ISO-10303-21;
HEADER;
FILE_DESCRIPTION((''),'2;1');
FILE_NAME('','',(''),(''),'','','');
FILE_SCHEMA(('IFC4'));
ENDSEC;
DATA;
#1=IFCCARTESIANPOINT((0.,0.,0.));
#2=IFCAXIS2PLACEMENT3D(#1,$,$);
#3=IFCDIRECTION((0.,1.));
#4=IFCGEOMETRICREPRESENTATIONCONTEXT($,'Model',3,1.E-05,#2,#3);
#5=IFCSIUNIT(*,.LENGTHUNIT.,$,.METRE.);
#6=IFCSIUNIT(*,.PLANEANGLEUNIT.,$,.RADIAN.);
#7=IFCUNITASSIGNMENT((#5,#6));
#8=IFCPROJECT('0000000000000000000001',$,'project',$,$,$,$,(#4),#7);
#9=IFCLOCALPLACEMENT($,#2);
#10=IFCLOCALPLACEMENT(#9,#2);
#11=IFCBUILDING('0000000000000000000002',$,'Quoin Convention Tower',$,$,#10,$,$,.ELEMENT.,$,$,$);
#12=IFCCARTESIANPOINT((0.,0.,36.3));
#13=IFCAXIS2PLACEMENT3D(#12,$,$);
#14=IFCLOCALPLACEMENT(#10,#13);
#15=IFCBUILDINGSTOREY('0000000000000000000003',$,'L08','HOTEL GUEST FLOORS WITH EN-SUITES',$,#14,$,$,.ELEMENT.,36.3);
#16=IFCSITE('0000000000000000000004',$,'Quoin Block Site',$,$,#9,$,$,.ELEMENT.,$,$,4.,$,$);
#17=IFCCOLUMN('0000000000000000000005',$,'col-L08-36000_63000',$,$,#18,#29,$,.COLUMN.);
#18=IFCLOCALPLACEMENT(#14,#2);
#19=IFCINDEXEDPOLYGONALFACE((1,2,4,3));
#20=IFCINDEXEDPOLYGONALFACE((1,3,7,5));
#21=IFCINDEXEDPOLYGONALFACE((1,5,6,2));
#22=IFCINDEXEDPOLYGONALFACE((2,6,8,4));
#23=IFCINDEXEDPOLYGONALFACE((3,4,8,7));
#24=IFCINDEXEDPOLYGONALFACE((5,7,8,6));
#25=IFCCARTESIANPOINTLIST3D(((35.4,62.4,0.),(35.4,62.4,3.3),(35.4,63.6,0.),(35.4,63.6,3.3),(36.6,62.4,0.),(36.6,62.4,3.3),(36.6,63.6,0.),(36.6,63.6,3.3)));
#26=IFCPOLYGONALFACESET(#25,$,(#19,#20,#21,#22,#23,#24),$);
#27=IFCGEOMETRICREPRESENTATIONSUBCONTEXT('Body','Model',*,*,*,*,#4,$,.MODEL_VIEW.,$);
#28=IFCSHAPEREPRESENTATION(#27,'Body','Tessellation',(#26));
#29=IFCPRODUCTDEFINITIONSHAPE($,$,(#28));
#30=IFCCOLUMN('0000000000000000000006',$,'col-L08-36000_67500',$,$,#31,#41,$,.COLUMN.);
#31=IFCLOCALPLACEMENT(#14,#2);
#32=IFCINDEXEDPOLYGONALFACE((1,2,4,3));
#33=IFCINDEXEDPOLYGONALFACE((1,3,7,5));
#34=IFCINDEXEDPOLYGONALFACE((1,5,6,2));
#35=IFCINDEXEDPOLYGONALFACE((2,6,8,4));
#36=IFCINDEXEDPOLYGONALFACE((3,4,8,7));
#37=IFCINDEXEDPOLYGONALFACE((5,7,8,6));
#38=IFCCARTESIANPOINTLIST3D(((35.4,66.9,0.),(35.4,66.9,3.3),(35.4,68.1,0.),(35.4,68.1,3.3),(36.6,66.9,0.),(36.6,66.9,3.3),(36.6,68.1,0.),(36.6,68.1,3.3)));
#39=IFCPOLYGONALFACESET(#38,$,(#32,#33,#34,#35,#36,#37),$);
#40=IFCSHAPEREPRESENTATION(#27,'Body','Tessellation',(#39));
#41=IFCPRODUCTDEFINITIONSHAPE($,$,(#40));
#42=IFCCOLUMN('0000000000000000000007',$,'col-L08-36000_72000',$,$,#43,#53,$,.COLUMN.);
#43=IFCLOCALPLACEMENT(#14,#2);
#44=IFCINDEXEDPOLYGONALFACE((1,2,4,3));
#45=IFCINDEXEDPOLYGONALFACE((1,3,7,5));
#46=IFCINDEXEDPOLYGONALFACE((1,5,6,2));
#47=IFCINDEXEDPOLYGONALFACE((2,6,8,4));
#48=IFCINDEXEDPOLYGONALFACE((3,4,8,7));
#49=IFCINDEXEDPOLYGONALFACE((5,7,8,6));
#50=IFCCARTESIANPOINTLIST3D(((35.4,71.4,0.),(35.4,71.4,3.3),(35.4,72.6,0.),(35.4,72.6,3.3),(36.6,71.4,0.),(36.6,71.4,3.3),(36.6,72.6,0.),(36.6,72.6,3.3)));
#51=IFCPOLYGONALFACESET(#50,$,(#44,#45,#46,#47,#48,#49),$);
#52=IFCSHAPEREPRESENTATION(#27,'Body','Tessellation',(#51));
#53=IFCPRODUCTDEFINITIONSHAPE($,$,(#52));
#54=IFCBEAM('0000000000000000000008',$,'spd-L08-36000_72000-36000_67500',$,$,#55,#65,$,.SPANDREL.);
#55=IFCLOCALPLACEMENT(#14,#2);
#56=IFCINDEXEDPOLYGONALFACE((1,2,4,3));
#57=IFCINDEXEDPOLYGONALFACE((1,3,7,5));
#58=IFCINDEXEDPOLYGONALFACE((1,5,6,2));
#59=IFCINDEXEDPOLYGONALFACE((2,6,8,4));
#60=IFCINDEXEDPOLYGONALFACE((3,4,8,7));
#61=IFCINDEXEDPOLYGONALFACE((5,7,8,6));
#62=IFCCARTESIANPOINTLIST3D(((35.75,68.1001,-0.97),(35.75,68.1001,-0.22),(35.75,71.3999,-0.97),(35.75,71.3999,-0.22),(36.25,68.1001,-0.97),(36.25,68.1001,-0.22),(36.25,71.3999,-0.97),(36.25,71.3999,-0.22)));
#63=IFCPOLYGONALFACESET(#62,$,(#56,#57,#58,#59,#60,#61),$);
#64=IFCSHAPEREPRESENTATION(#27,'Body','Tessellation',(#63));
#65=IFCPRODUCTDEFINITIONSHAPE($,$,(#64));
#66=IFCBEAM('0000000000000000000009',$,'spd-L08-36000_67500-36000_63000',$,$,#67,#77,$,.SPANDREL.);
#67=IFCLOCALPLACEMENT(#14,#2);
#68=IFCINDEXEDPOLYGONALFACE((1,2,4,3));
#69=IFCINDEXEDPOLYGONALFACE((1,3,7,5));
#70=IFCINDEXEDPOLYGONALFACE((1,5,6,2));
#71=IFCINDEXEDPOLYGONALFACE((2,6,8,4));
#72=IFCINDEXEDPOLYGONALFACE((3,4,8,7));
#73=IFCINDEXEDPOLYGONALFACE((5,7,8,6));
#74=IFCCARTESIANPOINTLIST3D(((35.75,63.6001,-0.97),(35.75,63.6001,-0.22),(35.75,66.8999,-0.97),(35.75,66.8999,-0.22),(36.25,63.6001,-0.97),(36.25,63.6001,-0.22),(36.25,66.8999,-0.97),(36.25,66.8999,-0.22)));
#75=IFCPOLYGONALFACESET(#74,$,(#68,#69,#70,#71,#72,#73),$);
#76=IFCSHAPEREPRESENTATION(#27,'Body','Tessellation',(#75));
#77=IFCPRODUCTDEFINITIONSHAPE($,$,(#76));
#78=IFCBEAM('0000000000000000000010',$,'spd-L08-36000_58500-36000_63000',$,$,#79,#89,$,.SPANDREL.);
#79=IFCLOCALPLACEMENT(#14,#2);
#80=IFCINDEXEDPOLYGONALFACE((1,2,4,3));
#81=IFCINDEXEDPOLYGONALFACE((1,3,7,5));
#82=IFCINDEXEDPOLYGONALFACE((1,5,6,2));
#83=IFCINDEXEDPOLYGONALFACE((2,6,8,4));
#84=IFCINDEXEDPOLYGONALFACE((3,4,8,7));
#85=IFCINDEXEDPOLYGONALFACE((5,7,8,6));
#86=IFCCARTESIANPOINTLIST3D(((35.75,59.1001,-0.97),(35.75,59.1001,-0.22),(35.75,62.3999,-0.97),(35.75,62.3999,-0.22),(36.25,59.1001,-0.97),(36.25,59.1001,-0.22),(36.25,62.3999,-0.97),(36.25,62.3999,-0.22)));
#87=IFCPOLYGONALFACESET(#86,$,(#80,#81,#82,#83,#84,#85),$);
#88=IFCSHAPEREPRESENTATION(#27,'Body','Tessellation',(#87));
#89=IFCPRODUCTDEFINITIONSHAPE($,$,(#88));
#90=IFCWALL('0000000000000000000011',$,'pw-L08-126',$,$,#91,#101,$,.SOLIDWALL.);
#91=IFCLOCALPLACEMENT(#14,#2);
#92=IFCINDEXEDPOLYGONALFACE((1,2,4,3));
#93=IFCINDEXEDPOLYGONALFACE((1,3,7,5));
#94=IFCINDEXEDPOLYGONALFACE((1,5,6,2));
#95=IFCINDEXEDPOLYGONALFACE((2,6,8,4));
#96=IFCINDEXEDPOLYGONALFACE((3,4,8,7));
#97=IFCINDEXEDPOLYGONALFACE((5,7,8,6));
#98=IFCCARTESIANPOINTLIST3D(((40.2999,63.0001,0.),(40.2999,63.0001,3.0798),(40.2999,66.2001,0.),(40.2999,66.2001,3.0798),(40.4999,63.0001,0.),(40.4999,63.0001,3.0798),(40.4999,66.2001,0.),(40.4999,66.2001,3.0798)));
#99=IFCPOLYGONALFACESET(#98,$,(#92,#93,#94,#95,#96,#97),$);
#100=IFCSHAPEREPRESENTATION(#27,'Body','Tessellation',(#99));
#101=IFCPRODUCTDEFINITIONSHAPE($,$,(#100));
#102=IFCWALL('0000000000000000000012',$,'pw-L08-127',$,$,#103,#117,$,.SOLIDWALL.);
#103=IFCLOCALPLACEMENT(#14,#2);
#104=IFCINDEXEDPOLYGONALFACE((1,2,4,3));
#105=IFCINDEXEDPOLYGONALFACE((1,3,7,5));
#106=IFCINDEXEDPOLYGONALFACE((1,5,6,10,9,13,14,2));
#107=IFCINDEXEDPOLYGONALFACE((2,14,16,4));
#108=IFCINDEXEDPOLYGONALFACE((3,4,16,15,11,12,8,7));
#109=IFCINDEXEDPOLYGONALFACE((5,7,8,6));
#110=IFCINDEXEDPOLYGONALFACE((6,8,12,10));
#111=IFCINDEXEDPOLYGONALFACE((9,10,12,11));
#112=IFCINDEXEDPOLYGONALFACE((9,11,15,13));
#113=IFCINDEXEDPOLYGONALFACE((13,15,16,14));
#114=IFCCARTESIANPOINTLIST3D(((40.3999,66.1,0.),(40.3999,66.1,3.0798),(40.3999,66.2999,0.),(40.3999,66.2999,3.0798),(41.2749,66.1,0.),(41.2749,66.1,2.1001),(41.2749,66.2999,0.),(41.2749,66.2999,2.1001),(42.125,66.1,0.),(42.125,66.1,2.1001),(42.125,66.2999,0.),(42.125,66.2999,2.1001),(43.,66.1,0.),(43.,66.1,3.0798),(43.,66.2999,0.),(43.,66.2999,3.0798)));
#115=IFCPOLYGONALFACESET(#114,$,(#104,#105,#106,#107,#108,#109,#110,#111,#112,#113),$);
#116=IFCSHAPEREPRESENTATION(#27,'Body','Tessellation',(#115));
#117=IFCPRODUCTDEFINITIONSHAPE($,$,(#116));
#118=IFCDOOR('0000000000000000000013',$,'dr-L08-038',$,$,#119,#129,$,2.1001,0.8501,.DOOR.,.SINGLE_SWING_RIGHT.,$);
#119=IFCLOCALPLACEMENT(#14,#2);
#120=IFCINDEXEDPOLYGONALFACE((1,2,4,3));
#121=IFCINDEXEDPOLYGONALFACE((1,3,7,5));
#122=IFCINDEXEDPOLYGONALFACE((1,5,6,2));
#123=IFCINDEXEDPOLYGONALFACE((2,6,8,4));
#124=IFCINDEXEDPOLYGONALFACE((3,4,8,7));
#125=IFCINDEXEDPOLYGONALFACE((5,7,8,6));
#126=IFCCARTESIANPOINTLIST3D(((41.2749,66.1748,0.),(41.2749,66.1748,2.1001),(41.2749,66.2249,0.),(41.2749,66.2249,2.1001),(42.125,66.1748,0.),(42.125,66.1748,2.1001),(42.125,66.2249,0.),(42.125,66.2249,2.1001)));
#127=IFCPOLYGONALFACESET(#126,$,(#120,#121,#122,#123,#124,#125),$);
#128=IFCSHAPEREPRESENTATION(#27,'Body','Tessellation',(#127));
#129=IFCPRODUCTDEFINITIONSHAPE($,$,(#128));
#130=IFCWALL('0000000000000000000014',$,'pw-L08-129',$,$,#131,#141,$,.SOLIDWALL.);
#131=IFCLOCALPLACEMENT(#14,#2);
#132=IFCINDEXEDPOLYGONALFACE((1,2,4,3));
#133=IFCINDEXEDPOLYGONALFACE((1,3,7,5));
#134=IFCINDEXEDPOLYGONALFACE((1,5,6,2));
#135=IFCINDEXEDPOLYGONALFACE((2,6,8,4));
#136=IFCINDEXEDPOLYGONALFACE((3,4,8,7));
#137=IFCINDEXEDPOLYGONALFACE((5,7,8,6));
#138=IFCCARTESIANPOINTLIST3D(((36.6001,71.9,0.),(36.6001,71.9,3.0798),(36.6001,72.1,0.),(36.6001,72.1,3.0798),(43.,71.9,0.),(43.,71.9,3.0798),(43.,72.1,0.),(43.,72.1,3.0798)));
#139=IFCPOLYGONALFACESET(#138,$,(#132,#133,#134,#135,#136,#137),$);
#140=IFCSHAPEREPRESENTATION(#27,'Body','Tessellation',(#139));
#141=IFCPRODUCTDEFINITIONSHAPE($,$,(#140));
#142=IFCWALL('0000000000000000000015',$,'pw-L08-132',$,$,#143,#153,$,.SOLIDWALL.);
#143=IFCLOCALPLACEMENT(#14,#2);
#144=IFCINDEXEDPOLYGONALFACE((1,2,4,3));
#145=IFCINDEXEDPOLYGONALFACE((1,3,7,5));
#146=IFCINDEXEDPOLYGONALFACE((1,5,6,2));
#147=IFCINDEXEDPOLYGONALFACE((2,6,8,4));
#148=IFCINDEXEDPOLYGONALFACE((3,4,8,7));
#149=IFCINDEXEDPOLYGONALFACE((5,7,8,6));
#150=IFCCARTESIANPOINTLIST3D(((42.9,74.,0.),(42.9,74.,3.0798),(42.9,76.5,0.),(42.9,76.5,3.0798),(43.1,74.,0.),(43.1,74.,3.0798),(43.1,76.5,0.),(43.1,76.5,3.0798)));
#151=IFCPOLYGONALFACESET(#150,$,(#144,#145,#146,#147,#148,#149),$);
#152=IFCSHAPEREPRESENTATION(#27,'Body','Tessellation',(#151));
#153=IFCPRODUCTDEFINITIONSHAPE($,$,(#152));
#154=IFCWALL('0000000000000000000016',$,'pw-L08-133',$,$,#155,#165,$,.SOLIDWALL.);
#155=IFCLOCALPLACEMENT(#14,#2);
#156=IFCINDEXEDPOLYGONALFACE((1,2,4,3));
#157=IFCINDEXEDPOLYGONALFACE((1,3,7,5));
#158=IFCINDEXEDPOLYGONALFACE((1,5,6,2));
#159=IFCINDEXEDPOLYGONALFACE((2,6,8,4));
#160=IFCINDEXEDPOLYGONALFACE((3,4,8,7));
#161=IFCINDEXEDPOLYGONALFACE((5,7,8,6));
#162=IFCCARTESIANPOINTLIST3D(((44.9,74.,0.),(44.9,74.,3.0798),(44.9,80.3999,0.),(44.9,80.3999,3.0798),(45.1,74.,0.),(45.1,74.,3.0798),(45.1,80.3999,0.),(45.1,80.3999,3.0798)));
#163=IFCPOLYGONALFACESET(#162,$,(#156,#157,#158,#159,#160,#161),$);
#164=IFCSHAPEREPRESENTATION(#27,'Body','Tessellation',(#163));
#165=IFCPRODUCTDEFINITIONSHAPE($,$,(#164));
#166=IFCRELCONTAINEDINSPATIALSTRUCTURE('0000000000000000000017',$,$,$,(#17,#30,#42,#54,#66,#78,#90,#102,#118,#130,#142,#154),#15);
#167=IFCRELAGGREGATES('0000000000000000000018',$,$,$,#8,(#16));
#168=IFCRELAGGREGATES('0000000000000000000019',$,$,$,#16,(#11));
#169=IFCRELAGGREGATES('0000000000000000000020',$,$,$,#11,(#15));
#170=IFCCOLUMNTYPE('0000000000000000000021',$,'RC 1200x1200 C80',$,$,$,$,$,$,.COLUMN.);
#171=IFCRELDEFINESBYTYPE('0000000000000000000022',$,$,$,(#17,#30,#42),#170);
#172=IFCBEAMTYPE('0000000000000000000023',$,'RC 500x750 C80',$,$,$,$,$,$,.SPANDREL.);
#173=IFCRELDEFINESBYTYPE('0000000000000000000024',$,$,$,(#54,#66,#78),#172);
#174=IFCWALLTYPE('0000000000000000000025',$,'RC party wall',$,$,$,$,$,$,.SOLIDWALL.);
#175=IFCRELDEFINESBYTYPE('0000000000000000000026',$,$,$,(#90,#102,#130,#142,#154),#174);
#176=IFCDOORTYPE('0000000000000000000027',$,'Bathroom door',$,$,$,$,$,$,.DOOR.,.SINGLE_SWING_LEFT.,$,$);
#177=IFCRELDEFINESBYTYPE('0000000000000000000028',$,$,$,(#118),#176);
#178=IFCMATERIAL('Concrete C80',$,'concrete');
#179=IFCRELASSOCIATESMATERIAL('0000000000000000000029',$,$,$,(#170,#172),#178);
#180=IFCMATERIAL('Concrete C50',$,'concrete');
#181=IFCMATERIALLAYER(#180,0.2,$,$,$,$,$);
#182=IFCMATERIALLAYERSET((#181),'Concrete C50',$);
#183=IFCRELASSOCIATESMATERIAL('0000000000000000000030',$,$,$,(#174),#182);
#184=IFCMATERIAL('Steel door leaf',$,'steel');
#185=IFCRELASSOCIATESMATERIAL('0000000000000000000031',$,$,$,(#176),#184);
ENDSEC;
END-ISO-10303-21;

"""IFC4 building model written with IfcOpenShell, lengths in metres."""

from ifc_helpers import new_model, si_unit, direction, frame, frame_2d, origin, origin_2d, place, context, subcontext, project, spatial, rectangle, extrude, material, layer, layer_set, material_profile, profile_set, type_object, element, fill, save


model = new_model("IFC4")

# Units and contexts
model_context = context("Model", 3, precision=1e-05, world=origin(), true_north=direction((0.0, 1.0)))
body_context = subcontext(model_context, "Body", "Model", "MODEL_VIEW")
ifc_project = project(units=[si_unit("LENGTHUNIT", "METRE"), si_unit("PLANEANGLEUNIT", "RADIAN")], contexts=[model_context])

# Site, building, storey
site_placement = place(None, origin())
site = spatial("IfcSite", under=ifc_project, at=site_placement, Name="Quoin Block Site", CompositionType="ELEMENT", RefElevation=4.0)
building_placement = place(site_placement, origin())
building = spatial("IfcBuilding", under=site, at=building_placement, Name="Quoin Convention Tower", CompositionType="ELEMENT")
storey_placement = place(building_placement, frame((0.0, 0.0, 36.3)))
storey = spatial("IfcBuildingStorey", under=building, at=storey_placement, Name="L08", Description="HOTEL GUEST FLOORS WITH EN-SUITES", CompositionType="ELEMENT", Elevation=36.3)

# Columns
ifc_material_1 = material(Name="Concrete C80", Category="concrete")
ifc_material_profile_1 = material_profile(ifc_material_1, rectangle(XDim=1.2, YDim=1.2, at=origin_2d()), Name="RC 1200x1200")
ifc_profile_set_1 = profile_set([ifc_material_profile_1], Name="Concrete C80")
column_type = type_object("IfcColumnType", Name="RC 1200x1200 C80", PredefinedType="COLUMN", material=ifc_profile_set_1)
for number, where, z_axis, x_axis, name in (
    (1, (36.0, 63.0, 0.0), (0.0, 0.0, 1.0), (1.0, 0.0, 0.0), "col-L08-36000_63000"),
    (2, (36.0, 67.5, 0.0), (0.0, 0.0, 1.0), (1.0, 0.0, 0.0), "col-L08-36000_67500"),
    (3, (36.0, 72.0, 0.0), (0.0, 0.0, 1.0), (1.0, 0.0, 0.0), "col-L08-36000_72000"),
):
    element("IfcColumn", number, at=place(storey_placement, frame(where, z_axis=z_axis, x_axis=x_axis)), inside=storey, type_object=column_type, Name=name, PredefinedType="COLUMN", context=body_context, shape_type="SweptSolid", body=[
        extrude(rectangle(XDim=1.2, YDim=1.2, at=origin_2d()), origin(), (0.0, 0.0, 1.0), 3.3),
    ])

# Beams
ifc_material_profile_2 = material_profile(ifc_material_1, rectangle(XDim=0.5, YDim=0.75, at=origin_2d()), Name="RC 500x750")
ifc_profile_set_2 = profile_set([ifc_material_profile_2], Name="Concrete C80")
beam_type = type_object("IfcBeamType", Name="RC 500x750 C80", PredefinedType="SPANDREL", material=ifc_profile_set_2)
for number, where, z_axis, x_axis, name in (
    (4, (36.0, 71.3999, -0.595), (0.0, -1.0, 0.0), (1.0, 0.0, 0.0), "spd-L08-36000_72000-36000_67500"),
    (5, (36.0, 66.8999, -0.595), (0.0, -1.0, 0.0), (1.0, 0.0, 0.0), "spd-L08-36000_67500-36000_63000"),
    (6, (36.0, 59.1001, -0.595), (0.0, 1.0, 0.0), (-1.0, 0.0, 0.0), "spd-L08-36000_58500-36000_63000"),
):
    element("IfcBeam", number, at=place(storey_placement, frame(where, z_axis=z_axis, x_axis=x_axis)), inside=storey, type_object=beam_type, Name=name, PredefinedType="SPANDREL", context=body_context, shape_type="SweptSolid", body=[
        extrude(rectangle(XDim=0.5, YDim=0.75, at=origin_2d()), origin(), (0.0, 0.0, 1.0), 3.2998),
    ])

# Wall
ifc_material_2 = material(Name="Concrete C50", Category="concrete")
ifc_layer_1 = layer(ifc_material_2, 0.2)
ifc_layer_set_1 = layer_set([ifc_layer_1], Name="Concrete C50")
wall_type_1 = type_object("IfcWallType", Name="RC party wall", PredefinedType="SOLIDWALL", material=ifc_layer_set_1)
wall_1_placement = place(storey_placement, frame((40.3999, 63.0, 0.0), z_axis=(0.0, 0.0, 1.0), x_axis=(0.0, 1.0, 0.0)))
element("IfcWall", 7, at=wall_1_placement, inside=storey, type_object=wall_type_1, Name="pw-L08-126", PredefinedType="SOLIDWALL", context=body_context, shape_type="SweptSolid", body=[
    extrude(rectangle(XDim=3.2, YDim=0.2, at=frame_2d((1.6001, 0.0))), origin(), (0.0, 0.0, 1.0), 3.0798),
])

# Wall, opening, door
wall_2_placement = place(storey_placement, frame((40.3999, 66.2, 0.0), z_axis=(0.0, 0.0, 1.0), x_axis=(1.0, 0.0, 0.0)))
wall_2 = element("IfcWall", 8, at=wall_2_placement, inside=storey, type_object=wall_type_1, Name="pw-L08-127", PredefinedType="SOLIDWALL", context=body_context, shape_type="SweptSolid", body=[
    extrude(rectangle(XDim=2.6001, YDim=0.2, at=frame_2d((1.3, 0.0))), origin(), (0.0, 0.0, 1.0), 3.0798),
])
opening_1_placement = place(wall_2_placement, frame((0.875, 0.0, 0.0)))
opening_1 = element("IfcOpeningElement", 9, at=opening_1_placement, cuts=wall_2, PredefinedType="OPENING", context=body_context, shape_type="SweptSolid", body=[
    extrude(rectangle(XDim=0.8501, YDim=2.1001, at=frame_2d((0.425, 1.05))), frame((0.0, 0.1099, 0.0), z_axis=(0.0, -1.0, 0.0), x_axis=(1.0, 0.0, 0.0)), (0.0, 0.0, 1.0), 0.22),
])
ifc_material_3 = material(Name="Steel door leaf", Category="steel")
door_type_1 = type_object("IfcDoorType", Name="Bathroom door", OperationType="SINGLE_SWING_LEFT", PredefinedType="DOOR", material=ifc_material_3)
door_1_placement = place(opening_1_placement, origin())
door_1 = element("IfcDoor", 10, at=door_1_placement, inside=storey, type_object=door_type_1, Name="dr-L08-038", OperationType="SINGLE_SWING_RIGHT", OverallHeight=2.1001, OverallWidth=0.8501, PredefinedType="DOOR", context=body_context, shape_type="SweptSolid", body=[
    extrude(rectangle(XDim=0.8501, YDim=2.1001, at=frame_2d((0.425, 1.05))), frame((0.0, 0.0249, 0.0), z_axis=(0.0, -1.0, 0.0), x_axis=(1.0, 0.0, 0.0)), (0.0, 0.0, 1.0), 0.05),
])
fill(opening_1, door_1)

# Walls
wall_3_placement = place(storey_placement, frame((36.6001, 72.0, 0.0), z_axis=(0.0, 0.0, 1.0), x_axis=(1.0, 0.0, 0.0)))
element("IfcWall", 11, at=wall_3_placement, inside=storey, type_object=wall_type_1, Name="pw-L08-129", PredefinedType="SOLIDWALL", context=body_context, shape_type="SweptSolid", body=[
    extrude(rectangle(XDim=6.3999, YDim=0.2, at=frame_2d((3.2, 0.0))), origin(), (0.0, 0.0, 1.0), 3.0798),
])
wall_4_placement = place(storey_placement, frame((43.0, 74.0, 0.0), z_axis=(0.0, 0.0, 1.0), x_axis=(0.0, 1.0, 0.0)))
element("IfcWall", 12, at=wall_4_placement, inside=storey, type_object=wall_type_1, Name="pw-L08-132", PredefinedType="SOLIDWALL", context=body_context, shape_type="SweptSolid", body=[
    extrude(rectangle(XDim=2.5, YDim=0.2, at=frame_2d((1.25, 0.0))), origin(), (0.0, 0.0, 1.0), 3.0798),
])
wall_5_placement = place(storey_placement, frame((45.0, 74.0, 0.0), z_axis=(0.0, 0.0, 1.0), x_axis=(0.0, 1.0, 0.0)))
element("IfcWall", 13, at=wall_5_placement, inside=storey, type_object=wall_type_1, Name="pw-L08-133", PredefinedType="SOLIDWALL", context=body_context, shape_type="SweptSolid", body=[
    extrude(rectangle(XDim=6.3999, YDim=0.2, at=frame_2d((3.2, 0.0))), origin(), (0.0, 0.0, 1.0), 3.0798),
])

save(model, "model.ifc")
